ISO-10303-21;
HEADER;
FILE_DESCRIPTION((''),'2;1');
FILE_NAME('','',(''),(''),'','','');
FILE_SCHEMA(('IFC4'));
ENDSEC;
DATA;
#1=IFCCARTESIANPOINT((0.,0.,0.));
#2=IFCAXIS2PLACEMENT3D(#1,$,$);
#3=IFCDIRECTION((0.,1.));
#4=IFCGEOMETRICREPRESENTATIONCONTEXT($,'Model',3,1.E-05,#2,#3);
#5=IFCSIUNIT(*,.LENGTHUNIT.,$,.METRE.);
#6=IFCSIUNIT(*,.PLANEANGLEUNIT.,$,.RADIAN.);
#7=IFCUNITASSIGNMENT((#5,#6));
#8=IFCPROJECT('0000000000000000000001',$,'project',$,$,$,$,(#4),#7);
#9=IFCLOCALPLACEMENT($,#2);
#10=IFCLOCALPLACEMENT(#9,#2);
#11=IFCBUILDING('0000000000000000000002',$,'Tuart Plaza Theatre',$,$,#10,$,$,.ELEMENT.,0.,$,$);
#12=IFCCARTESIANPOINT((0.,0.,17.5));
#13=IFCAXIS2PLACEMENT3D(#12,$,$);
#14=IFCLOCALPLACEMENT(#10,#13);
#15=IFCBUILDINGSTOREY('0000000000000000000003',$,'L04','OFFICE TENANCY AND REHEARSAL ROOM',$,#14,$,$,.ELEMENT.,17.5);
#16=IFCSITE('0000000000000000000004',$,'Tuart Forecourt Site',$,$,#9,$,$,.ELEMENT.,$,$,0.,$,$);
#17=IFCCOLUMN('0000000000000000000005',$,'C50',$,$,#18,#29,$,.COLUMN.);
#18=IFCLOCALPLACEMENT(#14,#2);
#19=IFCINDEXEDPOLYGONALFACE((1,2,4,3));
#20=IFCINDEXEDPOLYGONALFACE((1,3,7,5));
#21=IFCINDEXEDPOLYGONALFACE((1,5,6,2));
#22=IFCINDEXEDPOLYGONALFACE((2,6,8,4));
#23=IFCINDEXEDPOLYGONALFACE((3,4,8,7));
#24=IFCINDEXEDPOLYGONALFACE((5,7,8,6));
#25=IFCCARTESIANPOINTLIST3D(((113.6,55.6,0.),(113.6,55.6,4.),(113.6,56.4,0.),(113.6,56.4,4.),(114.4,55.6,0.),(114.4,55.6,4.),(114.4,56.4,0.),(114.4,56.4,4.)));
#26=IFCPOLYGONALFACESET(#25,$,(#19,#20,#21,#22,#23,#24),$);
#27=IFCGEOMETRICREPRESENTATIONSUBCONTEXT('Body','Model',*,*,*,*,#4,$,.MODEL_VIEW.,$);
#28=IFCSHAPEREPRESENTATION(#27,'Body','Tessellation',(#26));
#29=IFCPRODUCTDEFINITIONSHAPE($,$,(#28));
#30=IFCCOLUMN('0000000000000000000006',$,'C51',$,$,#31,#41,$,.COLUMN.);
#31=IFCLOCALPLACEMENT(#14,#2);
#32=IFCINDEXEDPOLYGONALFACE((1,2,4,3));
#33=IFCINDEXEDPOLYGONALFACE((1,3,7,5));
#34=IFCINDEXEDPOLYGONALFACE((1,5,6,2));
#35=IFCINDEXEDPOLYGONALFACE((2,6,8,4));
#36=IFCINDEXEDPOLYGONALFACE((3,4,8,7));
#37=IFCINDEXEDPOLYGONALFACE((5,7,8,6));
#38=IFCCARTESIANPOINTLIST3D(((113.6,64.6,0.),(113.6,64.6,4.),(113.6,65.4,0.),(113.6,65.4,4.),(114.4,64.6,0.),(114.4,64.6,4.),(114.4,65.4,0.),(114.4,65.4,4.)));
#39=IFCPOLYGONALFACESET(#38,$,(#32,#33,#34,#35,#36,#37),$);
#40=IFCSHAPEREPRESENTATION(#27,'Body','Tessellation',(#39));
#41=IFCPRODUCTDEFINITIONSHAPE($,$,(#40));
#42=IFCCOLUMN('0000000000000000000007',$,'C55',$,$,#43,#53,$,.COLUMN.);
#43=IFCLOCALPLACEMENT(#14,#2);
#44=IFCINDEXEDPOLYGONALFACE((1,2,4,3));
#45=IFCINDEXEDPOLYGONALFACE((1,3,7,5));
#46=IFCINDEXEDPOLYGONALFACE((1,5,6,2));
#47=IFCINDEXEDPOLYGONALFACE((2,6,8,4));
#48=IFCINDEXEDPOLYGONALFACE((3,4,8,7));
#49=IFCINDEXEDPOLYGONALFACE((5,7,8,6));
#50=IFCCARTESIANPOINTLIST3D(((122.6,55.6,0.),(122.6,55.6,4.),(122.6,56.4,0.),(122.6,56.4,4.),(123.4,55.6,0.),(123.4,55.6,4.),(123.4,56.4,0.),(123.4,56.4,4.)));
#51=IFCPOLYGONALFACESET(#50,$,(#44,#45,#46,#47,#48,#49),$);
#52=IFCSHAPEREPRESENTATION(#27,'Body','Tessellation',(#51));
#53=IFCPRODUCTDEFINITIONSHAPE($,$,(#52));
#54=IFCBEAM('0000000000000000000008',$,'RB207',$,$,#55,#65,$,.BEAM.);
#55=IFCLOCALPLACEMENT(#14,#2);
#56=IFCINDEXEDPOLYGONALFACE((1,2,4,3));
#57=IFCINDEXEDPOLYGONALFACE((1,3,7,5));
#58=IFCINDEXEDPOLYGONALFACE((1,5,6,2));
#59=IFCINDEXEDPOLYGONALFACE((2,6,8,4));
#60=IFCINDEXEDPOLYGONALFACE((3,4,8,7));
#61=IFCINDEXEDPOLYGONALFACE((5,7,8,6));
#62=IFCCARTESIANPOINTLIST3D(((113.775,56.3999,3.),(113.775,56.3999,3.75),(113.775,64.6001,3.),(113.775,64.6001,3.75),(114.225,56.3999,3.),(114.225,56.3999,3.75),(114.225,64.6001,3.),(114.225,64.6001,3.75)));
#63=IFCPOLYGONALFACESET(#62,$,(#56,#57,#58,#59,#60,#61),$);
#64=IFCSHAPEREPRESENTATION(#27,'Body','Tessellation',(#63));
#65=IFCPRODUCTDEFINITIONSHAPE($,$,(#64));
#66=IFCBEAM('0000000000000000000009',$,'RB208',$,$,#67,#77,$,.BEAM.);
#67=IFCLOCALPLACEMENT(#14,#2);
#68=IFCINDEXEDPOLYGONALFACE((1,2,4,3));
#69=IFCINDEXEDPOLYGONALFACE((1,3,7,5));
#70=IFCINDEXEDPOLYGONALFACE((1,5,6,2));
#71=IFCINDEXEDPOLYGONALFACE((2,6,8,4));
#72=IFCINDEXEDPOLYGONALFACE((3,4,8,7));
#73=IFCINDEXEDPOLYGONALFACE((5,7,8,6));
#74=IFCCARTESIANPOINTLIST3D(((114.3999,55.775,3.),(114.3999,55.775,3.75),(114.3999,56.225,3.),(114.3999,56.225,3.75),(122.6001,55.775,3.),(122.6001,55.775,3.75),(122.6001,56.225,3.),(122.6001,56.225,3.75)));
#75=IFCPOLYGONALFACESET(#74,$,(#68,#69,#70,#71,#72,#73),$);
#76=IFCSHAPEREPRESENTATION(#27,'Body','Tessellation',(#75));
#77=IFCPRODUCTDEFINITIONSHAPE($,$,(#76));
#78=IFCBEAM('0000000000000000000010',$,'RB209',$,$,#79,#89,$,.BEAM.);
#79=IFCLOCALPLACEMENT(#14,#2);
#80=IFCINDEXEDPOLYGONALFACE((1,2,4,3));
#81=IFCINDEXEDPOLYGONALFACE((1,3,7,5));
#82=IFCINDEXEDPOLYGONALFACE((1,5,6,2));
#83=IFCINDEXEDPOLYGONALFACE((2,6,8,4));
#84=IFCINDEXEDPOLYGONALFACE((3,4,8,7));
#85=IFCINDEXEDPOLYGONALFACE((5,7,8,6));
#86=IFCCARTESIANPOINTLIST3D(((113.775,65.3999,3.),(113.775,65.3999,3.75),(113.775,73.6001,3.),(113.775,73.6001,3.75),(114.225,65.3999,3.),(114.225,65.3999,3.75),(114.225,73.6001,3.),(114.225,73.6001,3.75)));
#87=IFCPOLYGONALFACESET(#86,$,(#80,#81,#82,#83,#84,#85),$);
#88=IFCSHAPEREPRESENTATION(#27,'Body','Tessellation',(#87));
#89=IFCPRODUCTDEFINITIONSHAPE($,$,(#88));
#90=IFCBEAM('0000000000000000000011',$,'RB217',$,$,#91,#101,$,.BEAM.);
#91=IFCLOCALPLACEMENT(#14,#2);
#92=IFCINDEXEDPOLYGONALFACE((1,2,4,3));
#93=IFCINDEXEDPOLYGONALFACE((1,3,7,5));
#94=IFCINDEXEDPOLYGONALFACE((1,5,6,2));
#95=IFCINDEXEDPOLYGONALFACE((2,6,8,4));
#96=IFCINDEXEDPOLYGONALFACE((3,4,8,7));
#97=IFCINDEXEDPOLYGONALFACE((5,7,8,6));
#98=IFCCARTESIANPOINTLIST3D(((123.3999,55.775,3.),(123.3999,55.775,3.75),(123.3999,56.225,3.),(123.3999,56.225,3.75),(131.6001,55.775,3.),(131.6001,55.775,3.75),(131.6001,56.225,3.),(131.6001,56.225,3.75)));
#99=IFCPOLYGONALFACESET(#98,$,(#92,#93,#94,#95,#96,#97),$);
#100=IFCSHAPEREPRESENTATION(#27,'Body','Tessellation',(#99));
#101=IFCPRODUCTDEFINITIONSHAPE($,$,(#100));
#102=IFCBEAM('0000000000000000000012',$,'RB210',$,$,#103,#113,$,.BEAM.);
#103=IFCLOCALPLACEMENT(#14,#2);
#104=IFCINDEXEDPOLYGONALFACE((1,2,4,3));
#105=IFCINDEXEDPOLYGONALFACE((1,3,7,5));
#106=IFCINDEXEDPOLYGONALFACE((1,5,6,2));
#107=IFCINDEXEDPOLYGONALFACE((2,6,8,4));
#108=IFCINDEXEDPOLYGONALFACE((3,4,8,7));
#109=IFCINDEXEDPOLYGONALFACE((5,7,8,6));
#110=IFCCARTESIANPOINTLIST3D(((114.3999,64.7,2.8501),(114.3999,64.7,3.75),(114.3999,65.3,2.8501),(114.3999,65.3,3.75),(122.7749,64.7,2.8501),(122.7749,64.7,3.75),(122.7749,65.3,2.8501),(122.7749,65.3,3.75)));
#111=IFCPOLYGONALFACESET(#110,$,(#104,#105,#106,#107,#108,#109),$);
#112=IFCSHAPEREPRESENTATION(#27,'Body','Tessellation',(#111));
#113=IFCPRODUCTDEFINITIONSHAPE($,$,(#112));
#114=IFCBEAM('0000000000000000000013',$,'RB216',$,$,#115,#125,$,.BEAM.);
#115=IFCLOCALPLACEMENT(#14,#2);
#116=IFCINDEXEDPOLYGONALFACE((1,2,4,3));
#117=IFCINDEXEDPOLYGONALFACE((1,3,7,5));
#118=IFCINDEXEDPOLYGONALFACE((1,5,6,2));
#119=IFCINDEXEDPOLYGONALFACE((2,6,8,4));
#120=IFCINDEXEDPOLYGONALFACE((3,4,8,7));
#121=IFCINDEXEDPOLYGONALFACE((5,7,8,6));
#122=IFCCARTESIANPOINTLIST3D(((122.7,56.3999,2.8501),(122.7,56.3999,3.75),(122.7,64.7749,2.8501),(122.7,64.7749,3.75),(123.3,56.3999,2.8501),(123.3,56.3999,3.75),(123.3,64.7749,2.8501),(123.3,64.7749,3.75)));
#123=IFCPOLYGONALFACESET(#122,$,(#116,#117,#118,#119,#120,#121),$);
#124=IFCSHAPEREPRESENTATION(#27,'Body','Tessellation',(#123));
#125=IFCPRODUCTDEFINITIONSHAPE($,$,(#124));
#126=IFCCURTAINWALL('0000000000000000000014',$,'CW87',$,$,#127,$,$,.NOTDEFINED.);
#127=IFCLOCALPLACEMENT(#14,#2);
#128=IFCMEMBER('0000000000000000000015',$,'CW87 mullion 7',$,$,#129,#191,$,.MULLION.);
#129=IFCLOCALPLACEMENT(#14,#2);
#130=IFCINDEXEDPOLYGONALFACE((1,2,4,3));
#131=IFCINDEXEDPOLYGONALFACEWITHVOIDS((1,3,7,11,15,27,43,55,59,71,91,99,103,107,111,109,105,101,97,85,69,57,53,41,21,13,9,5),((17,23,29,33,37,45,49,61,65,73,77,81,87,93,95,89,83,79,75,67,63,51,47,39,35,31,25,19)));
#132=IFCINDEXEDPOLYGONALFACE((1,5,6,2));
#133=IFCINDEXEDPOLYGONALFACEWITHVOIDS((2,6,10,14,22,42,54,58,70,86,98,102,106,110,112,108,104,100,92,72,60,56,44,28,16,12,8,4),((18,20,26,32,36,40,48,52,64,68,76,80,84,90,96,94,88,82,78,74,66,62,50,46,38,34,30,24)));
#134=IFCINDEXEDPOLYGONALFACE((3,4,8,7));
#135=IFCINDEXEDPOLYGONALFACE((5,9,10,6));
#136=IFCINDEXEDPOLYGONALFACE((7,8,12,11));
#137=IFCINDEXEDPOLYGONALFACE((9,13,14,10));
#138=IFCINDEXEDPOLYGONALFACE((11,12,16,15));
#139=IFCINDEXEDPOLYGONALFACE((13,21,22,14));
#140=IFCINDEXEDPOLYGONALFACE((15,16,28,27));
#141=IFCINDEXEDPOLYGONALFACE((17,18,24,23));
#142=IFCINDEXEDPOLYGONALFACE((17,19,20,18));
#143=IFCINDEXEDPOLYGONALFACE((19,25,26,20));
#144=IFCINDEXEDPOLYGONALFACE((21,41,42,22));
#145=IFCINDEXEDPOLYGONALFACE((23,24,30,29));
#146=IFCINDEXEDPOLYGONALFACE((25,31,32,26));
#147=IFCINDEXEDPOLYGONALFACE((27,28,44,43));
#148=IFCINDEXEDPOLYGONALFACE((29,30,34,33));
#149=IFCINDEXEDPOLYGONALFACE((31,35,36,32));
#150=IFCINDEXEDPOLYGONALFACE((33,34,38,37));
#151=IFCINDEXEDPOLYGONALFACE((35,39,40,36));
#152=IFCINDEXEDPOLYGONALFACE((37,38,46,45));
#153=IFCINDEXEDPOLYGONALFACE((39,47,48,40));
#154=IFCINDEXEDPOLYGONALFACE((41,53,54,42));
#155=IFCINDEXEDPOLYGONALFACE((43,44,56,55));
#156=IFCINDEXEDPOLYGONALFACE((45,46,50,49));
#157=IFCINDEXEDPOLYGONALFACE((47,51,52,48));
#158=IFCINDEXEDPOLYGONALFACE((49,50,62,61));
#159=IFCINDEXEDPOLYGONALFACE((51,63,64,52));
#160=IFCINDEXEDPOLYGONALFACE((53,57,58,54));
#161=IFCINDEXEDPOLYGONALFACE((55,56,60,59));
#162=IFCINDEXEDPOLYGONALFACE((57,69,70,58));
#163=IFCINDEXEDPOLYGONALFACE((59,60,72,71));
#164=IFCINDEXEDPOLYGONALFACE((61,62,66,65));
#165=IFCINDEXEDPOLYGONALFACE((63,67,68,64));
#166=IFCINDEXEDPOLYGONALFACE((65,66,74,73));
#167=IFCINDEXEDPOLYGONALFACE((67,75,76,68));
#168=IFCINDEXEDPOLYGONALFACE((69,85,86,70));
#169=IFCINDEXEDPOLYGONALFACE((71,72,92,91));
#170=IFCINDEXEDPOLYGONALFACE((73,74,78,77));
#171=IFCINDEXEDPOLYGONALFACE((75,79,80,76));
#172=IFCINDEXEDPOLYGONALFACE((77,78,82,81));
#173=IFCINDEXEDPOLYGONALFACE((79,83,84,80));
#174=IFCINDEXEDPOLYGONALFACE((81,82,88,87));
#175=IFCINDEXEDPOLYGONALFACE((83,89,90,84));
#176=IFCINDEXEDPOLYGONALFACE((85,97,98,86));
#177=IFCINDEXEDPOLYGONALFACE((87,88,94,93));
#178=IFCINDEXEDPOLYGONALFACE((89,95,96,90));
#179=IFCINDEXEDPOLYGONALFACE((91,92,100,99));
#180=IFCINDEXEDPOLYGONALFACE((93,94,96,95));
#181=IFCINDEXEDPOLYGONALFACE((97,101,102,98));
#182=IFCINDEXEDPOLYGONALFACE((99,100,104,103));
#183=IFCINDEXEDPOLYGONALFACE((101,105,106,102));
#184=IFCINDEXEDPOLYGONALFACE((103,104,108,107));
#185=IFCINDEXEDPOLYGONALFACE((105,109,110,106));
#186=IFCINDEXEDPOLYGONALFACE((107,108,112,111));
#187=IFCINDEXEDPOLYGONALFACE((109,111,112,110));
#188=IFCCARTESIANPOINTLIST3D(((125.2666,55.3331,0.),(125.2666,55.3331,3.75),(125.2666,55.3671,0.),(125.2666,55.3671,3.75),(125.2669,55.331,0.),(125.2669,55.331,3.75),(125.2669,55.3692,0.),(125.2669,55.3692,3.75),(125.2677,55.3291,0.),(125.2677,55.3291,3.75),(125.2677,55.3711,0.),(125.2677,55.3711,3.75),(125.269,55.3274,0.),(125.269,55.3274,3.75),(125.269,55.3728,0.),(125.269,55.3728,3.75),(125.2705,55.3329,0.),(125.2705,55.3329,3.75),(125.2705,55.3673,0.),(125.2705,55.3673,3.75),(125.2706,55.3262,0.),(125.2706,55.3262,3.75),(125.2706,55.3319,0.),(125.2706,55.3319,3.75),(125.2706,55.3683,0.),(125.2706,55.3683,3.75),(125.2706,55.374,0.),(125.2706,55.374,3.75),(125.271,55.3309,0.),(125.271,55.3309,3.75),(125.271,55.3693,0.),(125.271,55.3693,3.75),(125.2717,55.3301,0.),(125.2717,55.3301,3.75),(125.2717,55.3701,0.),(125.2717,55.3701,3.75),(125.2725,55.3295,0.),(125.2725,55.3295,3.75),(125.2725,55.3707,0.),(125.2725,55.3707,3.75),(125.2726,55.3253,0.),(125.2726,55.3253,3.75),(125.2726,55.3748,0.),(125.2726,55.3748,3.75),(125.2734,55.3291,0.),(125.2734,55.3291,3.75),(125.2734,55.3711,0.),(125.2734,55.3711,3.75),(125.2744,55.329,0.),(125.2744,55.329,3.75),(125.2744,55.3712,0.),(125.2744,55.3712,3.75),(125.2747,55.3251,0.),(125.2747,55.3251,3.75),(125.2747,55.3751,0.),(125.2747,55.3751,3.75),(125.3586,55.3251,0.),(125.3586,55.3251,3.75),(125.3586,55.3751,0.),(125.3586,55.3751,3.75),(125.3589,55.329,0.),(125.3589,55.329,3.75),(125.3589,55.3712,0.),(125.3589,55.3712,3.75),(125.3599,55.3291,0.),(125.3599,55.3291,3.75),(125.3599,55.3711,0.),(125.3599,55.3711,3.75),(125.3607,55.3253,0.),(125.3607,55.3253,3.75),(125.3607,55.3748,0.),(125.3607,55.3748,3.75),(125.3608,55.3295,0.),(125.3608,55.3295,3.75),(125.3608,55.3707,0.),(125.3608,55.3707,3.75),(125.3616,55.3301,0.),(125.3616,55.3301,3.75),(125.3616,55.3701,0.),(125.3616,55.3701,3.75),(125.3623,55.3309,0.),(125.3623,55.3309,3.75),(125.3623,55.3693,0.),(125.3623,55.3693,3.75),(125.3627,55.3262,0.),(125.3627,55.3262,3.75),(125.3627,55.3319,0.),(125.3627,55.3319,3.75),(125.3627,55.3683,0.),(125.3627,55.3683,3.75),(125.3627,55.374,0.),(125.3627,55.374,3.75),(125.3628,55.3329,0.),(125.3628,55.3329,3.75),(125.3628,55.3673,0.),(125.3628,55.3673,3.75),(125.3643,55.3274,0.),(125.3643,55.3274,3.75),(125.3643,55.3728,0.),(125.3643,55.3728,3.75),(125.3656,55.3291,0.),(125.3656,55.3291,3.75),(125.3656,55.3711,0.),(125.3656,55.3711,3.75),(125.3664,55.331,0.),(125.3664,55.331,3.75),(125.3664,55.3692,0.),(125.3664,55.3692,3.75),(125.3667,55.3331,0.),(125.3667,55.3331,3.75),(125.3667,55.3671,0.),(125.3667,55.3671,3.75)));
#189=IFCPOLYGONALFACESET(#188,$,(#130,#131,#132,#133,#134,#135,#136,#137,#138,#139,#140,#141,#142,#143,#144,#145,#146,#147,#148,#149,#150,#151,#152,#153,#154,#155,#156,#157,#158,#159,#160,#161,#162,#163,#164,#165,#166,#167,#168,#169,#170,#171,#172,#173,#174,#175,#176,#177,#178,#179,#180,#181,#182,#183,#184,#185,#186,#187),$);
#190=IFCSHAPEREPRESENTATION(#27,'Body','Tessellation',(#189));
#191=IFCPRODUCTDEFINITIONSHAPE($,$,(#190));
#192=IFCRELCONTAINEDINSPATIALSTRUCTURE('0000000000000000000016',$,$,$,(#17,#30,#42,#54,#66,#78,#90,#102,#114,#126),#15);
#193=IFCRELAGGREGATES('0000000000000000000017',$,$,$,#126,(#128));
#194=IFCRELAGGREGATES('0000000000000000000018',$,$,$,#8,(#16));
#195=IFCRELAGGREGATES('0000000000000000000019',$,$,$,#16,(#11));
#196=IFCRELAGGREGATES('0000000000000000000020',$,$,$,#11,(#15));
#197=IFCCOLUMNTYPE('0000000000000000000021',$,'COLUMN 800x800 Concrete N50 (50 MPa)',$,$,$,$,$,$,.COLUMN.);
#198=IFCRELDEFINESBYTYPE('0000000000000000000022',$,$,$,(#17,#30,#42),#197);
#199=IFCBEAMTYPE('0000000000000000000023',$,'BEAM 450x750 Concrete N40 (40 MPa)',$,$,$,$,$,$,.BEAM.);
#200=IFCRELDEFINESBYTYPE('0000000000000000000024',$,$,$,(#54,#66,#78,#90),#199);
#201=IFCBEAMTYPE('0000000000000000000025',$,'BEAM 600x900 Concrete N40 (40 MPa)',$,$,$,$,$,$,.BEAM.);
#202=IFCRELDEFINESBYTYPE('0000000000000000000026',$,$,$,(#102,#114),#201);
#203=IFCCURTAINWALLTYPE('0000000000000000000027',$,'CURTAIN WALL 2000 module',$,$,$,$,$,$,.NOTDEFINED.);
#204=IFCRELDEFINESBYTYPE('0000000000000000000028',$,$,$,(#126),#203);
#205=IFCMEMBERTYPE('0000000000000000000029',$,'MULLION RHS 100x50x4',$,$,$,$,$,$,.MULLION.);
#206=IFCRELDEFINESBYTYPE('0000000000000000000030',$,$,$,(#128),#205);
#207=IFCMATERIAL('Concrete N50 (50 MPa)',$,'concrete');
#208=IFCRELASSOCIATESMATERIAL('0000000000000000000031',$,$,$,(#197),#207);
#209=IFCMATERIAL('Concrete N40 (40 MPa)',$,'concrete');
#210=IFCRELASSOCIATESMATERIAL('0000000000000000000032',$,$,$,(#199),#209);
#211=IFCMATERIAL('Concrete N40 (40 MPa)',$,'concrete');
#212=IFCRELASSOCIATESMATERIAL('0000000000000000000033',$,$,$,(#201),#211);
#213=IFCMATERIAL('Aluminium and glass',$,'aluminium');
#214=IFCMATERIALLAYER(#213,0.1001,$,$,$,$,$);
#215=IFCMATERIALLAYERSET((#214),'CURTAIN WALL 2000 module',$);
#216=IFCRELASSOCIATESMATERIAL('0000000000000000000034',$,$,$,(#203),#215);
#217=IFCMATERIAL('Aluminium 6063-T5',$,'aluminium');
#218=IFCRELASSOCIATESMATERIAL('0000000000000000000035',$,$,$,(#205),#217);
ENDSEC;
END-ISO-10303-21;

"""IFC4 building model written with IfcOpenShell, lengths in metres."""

from ifc_helpers import new_model, si_unit, direction, frame, origin, origin_2d, place, context, subcontext, project, spatial, rectangle, hollow_rectangle, extrude, material, layer, layer_set, material_profile, profile_set, type_object, element, aggregate, save


model = new_model("IFC4")

# Units and contexts
model_context = context("Model", 3, precision=1e-05, world=origin(), true_north=direction((0.0, 1.0)))
body_context = subcontext(model_context, "Body", "Model", "MODEL_VIEW")
ifc_project = project(units=[si_unit("LENGTHUNIT", "METRE"), si_unit("PLANEANGLEUNIT", "RADIAN")], contexts=[model_context])

# Site, building, storey
site_placement = place(None, origin())
site = spatial("IfcSite", under=ifc_project, at=site_placement, Name="Tuart Forecourt Site", CompositionType="ELEMENT", RefElevation=0.0)
building_placement = place(site_placement, origin())
building = spatial("IfcBuilding", under=site, at=building_placement, Name="Tuart Plaza Theatre", CompositionType="ELEMENT", ElevationOfRefHeight=0.0)
storey_placement = place(building_placement, frame((0.0, 0.0, 17.5)))
storey = spatial("IfcBuildingStorey", under=building, at=storey_placement, Name="L04", Description="OFFICE TENANCY AND REHEARSAL ROOM", CompositionType="ELEMENT", Elevation=17.5)

# Columns
ifc_material_1 = material(Name="Concrete N50 (50 MPa)", Category="concrete")
ifc_material_profile_1 = material_profile(ifc_material_1, rectangle(XDim=0.8, YDim=0.8, at=origin_2d()), Name="COLUMN 800x800 Concrete N50 (50 MPa)")
ifc_profile_set_1 = profile_set([ifc_material_profile_1], Name="Concrete N50 (50 MPa)")
column_type = type_object("IfcColumnType", Name="COLUMN 800x800 Concrete N50 (50 MPa)", PredefinedType="COLUMN", material=ifc_profile_set_1)
for number, where, z_axis, x_axis, name in (
    (1, (114.0, 56.0, 0.0), (0.0, 0.0, 1.0), (1.0, 0.0, 0.0), "C50"),
    (2, (114.0, 65.0, 0.0), (0.0, 0.0, 1.0), (1.0, 0.0, 0.0), "C51"),
    (3, (123.0, 56.0, 0.0), (0.0, 0.0, 1.0), (1.0, 0.0, 0.0), "C55"),
):
    element("IfcColumn", number, at=place(storey_placement, frame(where, z_axis=z_axis, x_axis=x_axis)), inside=storey, type_object=column_type, Name=name, PredefinedType="COLUMN", context=body_context, shape_type="SweptSolid", body=[
        extrude(rectangle(XDim=0.8, YDim=0.8, at=origin_2d()), origin(), (0.0, 0.0, 1.0), 4.0),
    ])

# Beams
ifc_material_2 = material(Name="Concrete N40 (40 MPa)", Category="concrete")
ifc_material_profile_2 = material_profile(ifc_material_2, rectangle(XDim=0.45, YDim=0.75, at=origin_2d()), Name="BEAM 450x750 Concrete N40 (40 MPa)")
ifc_profile_set_2 = profile_set([ifc_material_profile_2], Name="Concrete N40 (40 MPa)")
beam_type_1 = type_object("IfcBeamType", Name="BEAM 450x750 Concrete N40 (40 MPa)", PredefinedType="BEAM", material=ifc_profile_set_2)
for number, where, z_axis, x_axis, name in (
    (4, (114.0, 56.3999, 3.375), (0.0, 1.0, 0.0), (-1.0, 0.0, 0.0), "RB207"),
    (5, (114.3999, 56.0, 3.375), (1.0, 0.0, 0.0), (0.0, 1.0, 0.0), "RB208"),
    (6, (114.0, 65.3999, 3.375), (0.0, 1.0, 0.0), (-1.0, 0.0, 0.0), "RB209"),
    (7, (123.3999, 56.0, 3.375), (1.0, 0.0, 0.0), (0.0, 1.0, 0.0), "RB217"),
):
    element("IfcBeam", number, at=place(storey_placement, frame(where, z_axis=z_axis, x_axis=x_axis)), inside=storey, type_object=beam_type_1, Name=name, PredefinedType="BEAM", context=body_context, shape_type="SweptSolid", body=[
        extrude(rectangle(XDim=0.45, YDim=0.75, at=origin_2d()), origin(), (0.0, 0.0, 1.0), 8.2002),
    ])
ifc_material_3 = material(Name="Concrete N40 (40 MPa)", Category="concrete")
ifc_material_profile_3 = material_profile(ifc_material_3, rectangle(XDim=0.6001, YDim=0.8999, at=origin_2d()), Name="BEAM 600x900 Concrete N40 (40 MPa)")
ifc_profile_set_3 = profile_set([ifc_material_profile_3], Name="Concrete N40 (40 MPa)")
beam_type_2 = type_object("IfcBeamType", Name="BEAM 600x900 Concrete N40 (40 MPa)", PredefinedType="BEAM", material=ifc_profile_set_3)
for number, where, z_axis, x_axis, name in (
    (8, (114.3999, 65.0, 3.3), (1.0, 0.0, 0.0), (0.0, 1.0, 0.0), "RB210"),
    (9, (123.0, 56.3999, 3.3), (0.0, 1.0, 0.0), (-1.0, 0.0, 0.0), "RB216"),
):
    element("IfcBeam", number, at=place(storey_placement, frame(where, z_axis=z_axis, x_axis=x_axis)), inside=storey, type_object=beam_type_2, Name=name, PredefinedType="BEAM", context=body_context, shape_type="SweptSolid", body=[
        extrude(rectangle(XDim=0.6001, YDim=0.8999, at=origin_2d()), origin(), (0.0, 0.0, 1.0), 8.375),
    ])

# Curtain wall, member
ifc_material_4 = material(Name="Aluminium and glass", Category="aluminium")
ifc_layer_1 = layer(ifc_material_4, 0.1001)
ifc_layer_set_1 = layer_set([ifc_layer_1], Name="CURTAIN WALL 2000 module")
curtain_wall_type = type_object("IfcCurtainWallType", Name="CURTAIN WALL 2000 module", PredefinedType="NOTDEFINED", material=ifc_layer_set_1)
curtain_wall_1_placement = place(storey_placement, origin())
curtain_wall_1 = element("IfcCurtainWall", 10, at=curtain_wall_1_placement, inside=storey, type_object=curtain_wall_type, Name="CW87", PredefinedType="NOTDEFINED")
ifc_material_5 = material(Name="Aluminium 6063-T5", Category="aluminium")
ifc_material_profile_4 = material_profile(ifc_material_5, hollow_rectangle(XDim=0.05, YDim=0.1001, WallThickness=0.0039, InnerFilletRadius=0.0039, OuterFilletRadius=0.0081, at=origin_2d()), Name="RHS 100x50x4")
ifc_profile_set_4 = profile_set([ifc_material_profile_4], Name="Aluminium 6063-T5")
member_type_1 = type_object("IfcMemberType", Name="MULLION RHS 100x50x4", PredefinedType="MULLION", material=ifc_profile_set_4)
member_1_placement = place(storey_placement, frame((125.3167, 55.3501, 0.0), z_axis=(0.0, 0.0, 1.0), x_axis=(0.0, 1.0, 0.0)))
member_1 = element("IfcMember", 11, at=member_1_placement, type_object=member_type_1, Name="CW87 mullion 7", PredefinedType="MULLION", context=body_context, shape_type="SweptSolid", body=[
    extrude(hollow_rectangle(XDim=0.05, YDim=0.1001, WallThickness=0.0039, InnerFilletRadius=0.0039, OuterFilletRadius=0.0081, at=origin_2d()), origin(), (0.0, 0.0, 1.0), 3.75),
])

aggregate(curtain_wall_1, [member_1])

save(model, "model.ifc")
